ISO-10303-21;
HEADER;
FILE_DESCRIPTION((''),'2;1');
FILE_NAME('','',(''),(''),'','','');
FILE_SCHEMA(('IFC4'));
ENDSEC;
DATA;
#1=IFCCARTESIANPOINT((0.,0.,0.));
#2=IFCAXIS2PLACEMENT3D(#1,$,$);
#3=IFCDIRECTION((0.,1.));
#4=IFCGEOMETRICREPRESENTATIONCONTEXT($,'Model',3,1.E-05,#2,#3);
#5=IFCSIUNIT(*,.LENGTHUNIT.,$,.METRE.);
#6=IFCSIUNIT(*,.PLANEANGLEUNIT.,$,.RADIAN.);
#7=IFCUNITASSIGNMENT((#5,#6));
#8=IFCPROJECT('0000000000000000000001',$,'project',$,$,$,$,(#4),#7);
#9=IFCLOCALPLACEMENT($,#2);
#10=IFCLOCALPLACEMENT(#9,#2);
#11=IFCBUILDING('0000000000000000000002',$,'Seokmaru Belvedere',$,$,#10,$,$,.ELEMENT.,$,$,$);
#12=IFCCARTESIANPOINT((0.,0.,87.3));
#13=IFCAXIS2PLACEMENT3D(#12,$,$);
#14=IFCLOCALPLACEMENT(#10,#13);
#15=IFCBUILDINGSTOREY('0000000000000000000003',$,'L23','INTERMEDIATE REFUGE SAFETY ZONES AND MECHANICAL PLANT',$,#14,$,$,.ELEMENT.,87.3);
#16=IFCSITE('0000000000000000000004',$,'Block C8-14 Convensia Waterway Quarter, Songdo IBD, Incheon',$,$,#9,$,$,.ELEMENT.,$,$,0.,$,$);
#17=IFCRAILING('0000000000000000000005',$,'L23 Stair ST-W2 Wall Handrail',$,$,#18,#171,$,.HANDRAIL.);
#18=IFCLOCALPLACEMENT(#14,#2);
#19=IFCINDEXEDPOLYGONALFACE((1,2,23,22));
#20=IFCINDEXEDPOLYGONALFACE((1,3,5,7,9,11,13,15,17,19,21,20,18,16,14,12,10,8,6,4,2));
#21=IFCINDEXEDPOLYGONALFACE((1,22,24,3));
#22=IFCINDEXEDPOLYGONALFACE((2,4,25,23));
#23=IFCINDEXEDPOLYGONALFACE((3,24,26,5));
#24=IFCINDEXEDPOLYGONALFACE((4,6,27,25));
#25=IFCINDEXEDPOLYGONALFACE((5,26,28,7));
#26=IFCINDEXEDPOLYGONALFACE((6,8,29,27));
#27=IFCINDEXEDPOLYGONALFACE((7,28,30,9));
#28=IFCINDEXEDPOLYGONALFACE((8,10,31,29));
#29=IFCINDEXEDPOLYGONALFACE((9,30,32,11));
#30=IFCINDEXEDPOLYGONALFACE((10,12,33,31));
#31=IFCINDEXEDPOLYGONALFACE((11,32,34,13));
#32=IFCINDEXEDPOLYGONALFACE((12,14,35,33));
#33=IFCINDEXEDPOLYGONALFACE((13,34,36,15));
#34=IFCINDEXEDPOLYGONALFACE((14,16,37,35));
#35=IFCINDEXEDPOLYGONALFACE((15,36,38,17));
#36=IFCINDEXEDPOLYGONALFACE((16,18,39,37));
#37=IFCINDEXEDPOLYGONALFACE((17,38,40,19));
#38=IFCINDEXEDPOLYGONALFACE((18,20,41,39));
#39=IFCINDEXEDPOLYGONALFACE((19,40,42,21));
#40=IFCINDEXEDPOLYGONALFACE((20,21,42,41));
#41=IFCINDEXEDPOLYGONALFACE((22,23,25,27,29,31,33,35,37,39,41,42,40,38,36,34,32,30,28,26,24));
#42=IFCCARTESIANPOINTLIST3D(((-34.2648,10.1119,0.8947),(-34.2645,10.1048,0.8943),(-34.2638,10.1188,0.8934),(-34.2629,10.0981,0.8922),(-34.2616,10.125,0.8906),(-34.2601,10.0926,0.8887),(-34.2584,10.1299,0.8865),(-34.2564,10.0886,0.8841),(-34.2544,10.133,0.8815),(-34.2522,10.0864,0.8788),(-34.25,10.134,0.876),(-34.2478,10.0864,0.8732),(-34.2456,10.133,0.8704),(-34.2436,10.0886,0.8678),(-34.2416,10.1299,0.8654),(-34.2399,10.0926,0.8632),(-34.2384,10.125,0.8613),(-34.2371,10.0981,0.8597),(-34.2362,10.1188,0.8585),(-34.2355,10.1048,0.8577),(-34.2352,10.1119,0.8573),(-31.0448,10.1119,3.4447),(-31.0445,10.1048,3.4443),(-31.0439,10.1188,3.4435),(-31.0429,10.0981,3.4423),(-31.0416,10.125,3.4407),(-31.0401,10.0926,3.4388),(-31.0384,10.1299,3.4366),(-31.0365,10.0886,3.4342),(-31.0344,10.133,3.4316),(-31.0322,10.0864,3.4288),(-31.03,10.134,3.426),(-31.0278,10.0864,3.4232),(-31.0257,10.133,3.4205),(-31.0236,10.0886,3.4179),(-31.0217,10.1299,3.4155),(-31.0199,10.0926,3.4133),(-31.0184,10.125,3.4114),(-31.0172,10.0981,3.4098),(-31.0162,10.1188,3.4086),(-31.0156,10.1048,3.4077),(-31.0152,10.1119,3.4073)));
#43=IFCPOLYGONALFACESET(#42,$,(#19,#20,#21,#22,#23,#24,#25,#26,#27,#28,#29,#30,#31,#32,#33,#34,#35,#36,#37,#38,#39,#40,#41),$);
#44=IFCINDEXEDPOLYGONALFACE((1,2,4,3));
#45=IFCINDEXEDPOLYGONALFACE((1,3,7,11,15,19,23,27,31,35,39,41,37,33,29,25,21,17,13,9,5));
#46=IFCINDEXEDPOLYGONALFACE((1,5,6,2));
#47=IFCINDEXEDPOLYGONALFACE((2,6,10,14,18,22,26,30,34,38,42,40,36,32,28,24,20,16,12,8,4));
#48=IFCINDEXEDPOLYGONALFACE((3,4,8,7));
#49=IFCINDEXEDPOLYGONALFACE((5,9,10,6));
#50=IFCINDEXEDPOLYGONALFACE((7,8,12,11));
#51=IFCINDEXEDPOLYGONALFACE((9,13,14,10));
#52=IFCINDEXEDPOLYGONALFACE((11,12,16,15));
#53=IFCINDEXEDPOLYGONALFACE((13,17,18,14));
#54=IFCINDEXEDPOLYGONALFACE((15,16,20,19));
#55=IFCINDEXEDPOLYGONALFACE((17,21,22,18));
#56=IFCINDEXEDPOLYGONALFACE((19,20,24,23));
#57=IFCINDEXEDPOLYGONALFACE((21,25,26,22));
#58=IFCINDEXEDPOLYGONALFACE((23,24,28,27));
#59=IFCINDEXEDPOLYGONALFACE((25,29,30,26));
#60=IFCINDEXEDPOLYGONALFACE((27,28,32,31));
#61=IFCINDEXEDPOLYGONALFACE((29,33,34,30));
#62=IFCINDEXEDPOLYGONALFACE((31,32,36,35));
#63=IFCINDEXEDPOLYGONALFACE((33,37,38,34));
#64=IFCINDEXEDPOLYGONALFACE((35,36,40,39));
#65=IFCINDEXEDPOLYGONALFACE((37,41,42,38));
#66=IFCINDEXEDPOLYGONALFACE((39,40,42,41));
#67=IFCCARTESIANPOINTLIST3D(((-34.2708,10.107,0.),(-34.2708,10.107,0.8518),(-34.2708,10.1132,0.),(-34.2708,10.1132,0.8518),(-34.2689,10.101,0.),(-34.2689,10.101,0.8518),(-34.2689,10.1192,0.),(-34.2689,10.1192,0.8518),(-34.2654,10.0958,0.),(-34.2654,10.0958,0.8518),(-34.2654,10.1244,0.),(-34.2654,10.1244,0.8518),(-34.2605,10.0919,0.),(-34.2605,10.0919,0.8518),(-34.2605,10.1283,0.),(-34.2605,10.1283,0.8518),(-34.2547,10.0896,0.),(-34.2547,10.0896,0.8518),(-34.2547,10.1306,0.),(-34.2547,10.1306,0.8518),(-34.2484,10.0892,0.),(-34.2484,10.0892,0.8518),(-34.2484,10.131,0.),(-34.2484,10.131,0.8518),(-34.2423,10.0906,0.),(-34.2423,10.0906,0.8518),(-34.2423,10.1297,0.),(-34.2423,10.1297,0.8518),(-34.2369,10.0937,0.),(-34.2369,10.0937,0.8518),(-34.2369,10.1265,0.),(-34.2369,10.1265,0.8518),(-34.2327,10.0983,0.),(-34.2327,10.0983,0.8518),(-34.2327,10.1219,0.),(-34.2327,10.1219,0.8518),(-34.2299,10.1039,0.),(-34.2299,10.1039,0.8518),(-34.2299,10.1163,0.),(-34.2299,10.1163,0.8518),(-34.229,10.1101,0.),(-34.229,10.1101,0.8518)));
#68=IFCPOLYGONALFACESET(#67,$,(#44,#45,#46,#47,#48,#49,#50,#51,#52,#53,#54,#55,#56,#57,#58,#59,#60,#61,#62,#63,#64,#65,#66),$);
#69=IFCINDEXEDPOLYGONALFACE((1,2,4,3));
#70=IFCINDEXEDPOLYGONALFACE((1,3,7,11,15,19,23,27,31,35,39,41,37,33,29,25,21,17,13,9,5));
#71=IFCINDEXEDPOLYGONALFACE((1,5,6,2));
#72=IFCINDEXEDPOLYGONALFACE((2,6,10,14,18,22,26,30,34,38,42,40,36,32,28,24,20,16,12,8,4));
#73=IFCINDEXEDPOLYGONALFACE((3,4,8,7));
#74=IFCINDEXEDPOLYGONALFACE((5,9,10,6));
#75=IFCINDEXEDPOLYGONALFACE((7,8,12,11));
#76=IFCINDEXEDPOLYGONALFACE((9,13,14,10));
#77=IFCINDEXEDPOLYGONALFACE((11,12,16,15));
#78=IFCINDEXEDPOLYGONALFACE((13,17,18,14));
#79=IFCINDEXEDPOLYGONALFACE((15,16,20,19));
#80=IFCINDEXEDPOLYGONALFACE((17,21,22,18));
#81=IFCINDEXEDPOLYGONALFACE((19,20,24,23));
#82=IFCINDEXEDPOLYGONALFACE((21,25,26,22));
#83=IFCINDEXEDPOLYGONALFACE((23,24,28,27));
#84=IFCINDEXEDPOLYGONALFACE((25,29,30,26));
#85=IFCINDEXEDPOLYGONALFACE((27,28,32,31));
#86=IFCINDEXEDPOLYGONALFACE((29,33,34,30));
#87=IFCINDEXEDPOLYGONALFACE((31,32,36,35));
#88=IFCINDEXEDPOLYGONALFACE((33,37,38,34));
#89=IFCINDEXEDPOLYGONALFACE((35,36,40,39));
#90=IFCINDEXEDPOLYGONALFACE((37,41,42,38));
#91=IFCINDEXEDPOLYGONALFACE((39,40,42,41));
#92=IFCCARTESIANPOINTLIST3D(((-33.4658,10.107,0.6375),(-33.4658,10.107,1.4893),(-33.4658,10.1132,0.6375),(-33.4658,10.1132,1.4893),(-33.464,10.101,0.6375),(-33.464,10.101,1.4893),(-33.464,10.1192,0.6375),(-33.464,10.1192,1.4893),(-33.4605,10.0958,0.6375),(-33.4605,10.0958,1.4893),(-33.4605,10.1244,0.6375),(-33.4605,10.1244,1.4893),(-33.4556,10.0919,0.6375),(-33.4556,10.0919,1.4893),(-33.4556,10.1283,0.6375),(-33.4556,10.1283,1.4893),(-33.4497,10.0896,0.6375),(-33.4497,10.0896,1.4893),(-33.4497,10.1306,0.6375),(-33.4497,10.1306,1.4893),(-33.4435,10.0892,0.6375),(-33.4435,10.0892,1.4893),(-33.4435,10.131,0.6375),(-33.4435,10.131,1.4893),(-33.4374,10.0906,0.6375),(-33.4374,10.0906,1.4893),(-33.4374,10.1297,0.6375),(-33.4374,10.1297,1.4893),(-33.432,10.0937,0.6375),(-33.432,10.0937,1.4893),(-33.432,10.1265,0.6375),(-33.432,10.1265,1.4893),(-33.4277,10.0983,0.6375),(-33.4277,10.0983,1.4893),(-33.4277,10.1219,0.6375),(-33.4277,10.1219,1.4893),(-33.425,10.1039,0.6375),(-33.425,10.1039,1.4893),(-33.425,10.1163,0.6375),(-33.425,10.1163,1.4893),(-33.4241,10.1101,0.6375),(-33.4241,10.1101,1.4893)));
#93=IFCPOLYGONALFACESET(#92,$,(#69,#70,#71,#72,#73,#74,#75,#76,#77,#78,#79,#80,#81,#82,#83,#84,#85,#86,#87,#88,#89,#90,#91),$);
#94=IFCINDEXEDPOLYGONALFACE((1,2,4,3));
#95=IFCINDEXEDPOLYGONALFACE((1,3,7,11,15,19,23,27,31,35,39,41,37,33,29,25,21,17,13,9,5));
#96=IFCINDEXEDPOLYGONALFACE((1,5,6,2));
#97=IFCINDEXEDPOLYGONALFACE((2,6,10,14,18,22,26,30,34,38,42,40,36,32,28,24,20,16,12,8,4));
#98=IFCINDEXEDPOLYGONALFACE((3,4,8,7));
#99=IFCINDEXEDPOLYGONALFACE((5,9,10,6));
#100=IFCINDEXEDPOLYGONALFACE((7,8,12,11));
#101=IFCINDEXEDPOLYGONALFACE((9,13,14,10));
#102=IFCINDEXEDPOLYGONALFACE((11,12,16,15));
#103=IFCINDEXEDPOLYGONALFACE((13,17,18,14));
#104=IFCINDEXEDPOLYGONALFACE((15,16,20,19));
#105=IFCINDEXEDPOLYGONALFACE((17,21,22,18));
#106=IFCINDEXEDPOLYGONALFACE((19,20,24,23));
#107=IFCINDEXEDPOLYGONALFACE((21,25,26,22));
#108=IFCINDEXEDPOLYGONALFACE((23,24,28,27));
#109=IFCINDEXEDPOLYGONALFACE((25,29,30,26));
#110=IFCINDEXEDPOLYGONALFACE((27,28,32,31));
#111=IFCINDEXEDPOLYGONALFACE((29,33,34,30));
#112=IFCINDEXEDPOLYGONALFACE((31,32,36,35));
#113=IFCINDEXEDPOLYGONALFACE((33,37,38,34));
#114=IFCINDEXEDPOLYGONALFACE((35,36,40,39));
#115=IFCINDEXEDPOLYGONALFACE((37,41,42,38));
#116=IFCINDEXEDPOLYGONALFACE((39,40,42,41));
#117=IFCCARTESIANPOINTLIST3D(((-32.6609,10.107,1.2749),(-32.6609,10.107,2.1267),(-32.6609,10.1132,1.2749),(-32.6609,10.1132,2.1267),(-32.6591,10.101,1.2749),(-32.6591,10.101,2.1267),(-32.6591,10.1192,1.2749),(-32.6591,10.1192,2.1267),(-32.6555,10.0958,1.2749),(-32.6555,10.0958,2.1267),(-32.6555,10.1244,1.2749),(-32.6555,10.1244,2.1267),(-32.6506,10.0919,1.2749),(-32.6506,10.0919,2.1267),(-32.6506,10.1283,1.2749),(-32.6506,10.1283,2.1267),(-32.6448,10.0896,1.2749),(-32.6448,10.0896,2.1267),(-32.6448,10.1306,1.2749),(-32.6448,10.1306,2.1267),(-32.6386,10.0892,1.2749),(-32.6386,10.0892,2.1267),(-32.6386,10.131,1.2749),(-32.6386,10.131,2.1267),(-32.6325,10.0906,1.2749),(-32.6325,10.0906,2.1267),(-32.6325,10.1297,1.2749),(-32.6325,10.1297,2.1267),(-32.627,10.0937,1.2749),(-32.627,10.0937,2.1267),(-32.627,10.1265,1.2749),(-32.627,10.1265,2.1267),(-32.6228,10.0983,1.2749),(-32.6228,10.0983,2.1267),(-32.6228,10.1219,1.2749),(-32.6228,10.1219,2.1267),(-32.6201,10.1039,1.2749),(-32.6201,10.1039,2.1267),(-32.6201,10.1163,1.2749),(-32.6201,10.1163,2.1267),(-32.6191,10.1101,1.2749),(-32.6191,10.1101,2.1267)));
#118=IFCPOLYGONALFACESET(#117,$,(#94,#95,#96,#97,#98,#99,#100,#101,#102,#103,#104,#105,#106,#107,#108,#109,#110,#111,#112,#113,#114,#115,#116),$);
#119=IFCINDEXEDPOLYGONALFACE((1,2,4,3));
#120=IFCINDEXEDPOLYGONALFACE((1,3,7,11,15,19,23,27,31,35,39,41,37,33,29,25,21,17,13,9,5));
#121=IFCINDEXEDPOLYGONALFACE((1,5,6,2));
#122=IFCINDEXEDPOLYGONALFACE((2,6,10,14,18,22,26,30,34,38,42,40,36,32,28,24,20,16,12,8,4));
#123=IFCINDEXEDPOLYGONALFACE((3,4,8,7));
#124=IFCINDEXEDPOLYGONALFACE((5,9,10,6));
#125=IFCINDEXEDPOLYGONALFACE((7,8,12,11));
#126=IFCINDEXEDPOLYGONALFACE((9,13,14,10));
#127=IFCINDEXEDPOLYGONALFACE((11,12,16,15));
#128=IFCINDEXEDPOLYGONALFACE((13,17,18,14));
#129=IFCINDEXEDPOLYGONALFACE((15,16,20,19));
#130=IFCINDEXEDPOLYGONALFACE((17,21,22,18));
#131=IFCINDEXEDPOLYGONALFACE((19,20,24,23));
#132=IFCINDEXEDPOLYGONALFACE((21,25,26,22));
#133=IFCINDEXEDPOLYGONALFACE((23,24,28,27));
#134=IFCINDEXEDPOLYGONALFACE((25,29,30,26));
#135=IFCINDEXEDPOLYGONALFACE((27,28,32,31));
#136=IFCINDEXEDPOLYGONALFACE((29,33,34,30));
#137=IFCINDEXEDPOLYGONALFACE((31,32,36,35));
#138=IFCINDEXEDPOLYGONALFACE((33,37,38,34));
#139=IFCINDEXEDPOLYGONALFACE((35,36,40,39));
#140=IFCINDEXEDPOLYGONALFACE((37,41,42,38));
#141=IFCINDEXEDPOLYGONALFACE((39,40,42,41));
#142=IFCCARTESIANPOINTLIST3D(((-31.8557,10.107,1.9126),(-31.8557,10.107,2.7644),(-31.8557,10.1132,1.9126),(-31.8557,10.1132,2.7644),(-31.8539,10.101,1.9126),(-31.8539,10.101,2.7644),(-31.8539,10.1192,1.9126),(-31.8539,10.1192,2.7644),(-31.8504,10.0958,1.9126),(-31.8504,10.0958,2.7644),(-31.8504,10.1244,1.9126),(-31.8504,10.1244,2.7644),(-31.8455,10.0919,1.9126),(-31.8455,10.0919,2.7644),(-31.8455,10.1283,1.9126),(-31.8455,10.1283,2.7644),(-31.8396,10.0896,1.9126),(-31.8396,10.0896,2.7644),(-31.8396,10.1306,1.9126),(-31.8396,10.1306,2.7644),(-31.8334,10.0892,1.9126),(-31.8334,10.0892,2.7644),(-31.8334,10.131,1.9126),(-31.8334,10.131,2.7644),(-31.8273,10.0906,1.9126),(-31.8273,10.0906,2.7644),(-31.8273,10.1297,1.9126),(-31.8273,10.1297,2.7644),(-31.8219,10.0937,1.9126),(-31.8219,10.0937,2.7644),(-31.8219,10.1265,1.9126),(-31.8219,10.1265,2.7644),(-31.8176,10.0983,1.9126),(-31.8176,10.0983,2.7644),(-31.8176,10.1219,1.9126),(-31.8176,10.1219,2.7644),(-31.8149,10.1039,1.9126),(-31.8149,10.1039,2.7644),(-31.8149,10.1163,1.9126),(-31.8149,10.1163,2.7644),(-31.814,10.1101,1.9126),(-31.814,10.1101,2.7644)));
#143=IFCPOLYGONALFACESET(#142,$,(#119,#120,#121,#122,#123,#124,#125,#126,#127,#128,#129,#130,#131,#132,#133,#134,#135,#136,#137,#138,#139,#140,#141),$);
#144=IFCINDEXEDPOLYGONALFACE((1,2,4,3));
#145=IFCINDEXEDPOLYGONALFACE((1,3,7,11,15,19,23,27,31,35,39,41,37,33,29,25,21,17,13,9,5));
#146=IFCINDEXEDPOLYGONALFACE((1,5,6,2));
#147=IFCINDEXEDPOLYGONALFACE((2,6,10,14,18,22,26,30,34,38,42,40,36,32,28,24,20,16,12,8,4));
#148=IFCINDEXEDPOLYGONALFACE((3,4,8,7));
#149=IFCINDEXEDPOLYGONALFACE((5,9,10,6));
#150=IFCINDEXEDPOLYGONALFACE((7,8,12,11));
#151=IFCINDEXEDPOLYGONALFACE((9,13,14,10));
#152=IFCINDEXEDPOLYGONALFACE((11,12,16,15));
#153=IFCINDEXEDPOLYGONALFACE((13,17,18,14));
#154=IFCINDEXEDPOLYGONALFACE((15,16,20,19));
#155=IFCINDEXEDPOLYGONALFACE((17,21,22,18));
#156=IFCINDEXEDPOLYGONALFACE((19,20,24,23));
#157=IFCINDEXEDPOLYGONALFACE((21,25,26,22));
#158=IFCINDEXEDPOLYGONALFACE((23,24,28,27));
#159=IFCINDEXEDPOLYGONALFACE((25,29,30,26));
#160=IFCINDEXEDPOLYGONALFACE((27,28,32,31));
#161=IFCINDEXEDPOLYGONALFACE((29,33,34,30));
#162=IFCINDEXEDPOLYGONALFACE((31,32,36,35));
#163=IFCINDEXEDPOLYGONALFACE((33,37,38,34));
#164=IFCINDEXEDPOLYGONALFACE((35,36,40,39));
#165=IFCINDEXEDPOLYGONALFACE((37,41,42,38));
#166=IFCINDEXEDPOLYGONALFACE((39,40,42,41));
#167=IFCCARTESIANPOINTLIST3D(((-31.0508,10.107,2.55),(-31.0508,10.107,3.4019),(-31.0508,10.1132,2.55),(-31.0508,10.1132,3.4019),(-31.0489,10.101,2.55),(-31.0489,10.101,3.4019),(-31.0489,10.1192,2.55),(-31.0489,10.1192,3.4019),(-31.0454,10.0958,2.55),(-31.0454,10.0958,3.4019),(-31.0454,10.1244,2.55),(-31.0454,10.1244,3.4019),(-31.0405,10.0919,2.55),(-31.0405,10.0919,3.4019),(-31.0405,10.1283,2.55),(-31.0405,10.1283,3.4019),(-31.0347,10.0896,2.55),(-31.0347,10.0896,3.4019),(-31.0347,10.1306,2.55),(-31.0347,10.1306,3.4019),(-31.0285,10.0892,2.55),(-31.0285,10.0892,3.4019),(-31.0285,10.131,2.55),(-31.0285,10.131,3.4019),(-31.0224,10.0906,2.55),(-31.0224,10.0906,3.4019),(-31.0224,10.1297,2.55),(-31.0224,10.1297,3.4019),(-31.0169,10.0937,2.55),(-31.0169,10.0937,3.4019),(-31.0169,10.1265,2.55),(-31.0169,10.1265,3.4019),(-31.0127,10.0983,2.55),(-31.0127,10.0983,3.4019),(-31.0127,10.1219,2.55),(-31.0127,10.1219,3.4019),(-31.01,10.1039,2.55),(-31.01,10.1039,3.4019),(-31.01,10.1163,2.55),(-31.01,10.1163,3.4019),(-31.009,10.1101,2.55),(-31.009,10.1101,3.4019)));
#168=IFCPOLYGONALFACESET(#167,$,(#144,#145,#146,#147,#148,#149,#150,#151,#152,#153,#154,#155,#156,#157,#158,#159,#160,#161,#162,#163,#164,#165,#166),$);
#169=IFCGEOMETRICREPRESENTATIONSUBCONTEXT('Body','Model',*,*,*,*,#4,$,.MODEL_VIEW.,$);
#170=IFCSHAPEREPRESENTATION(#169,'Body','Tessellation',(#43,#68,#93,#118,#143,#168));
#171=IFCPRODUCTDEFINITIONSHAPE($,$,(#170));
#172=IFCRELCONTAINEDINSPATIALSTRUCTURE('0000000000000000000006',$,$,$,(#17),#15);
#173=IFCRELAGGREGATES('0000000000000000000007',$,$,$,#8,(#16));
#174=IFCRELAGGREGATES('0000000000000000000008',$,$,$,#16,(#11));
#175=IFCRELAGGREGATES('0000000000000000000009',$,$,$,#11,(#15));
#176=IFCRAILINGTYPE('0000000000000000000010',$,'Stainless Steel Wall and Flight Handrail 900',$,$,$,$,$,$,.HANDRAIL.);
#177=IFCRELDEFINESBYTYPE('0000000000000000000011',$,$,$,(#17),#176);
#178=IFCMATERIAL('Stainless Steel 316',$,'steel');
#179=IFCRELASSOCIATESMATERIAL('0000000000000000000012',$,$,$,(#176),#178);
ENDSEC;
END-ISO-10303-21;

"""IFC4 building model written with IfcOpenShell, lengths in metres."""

from ifc_helpers import new_model, si_unit, direction, frame, origin, origin_2d, place, context, subcontext, project, spatial, circle, extrude, material, type_object, element, save


model = new_model("IFC4")

# Units and contexts
model_context = context("Model", 3, precision=1e-05, world=origin(), true_north=direction((0.0, 1.0)))
body_context = subcontext(model_context, "Body", "Model", "MODEL_VIEW")
ifc_project = project(units=[si_unit("LENGTHUNIT", "METRE"), si_unit("PLANEANGLEUNIT", "RADIAN")], contexts=[model_context])

# Site, building, storey
site_placement = place(None, origin())
site = spatial("IfcSite", under=ifc_project, at=site_placement, Name="Block C8-14 Convensia Waterway Quarter, Songdo IBD, Incheon", CompositionType="ELEMENT", RefElevation=0.0)
building_placement = place(site_placement, origin())
building = spatial("IfcBuilding", under=site, at=building_placement, Name="Seokmaru Belvedere", CompositionType="ELEMENT")
storey_placement = place(building_placement, frame((0.0, 0.0, 87.3)))
storey = spatial("IfcBuildingStorey", under=building, at=storey_placement, Name="L23", Description="INTERMEDIATE REFUGE SAFETY ZONES AND MECHANICAL PLANT", CompositionType="ELEMENT", Elevation=87.3)

# Railing
ifc_material_1 = material(Name="Stainless Steel 316", Category="steel")
railing_type_1 = type_object("IfcRailingType", Name="Stainless Steel Wall and Flight Handrail 900", PredefinedType="HANDRAIL", material=ifc_material_1)
railing_1_placement = place(storey_placement, frame((-34.25, 10.1101, 0.0)))
element("IfcRailing", 1, at=railing_1_placement, inside=storey, type_object=railing_type_1, Name="L23 Stair ST-W2 Wall Handrail", PredefinedType="HANDRAIL", context=body_context, shape_type="SweptSolid", body=[
    extrude(circle(Radius=0.0239, at=origin_2d()), frame((0.0, 0.0, 0.876), z_axis=(0.783939, 0.0, 0.620838), x_axis=(0.0, 1.0, 0.0)), (0.0, 0.0, 1.0), 4.1074),
    extrude(circle(Radius=0.021, at=origin_2d()), origin(), (0.0, 0.0, 1.0), 0.8518),
    extrude(circle(Radius=0.021, at=origin_2d()), frame((0.8049, 0.0, 0.6375)), (0.0, 0.0, 1.0), 0.8518),
    extrude(circle(Radius=0.021, at=origin_2d()), frame((1.6099, 0.0, 1.2749)), (0.0, 0.0, 1.0), 0.8518),
    extrude(circle(Radius=0.021, at=origin_2d()), frame((2.415, 0.0, 1.9126)), (0.0, 0.0, 1.0), 0.8518),
    extrude(circle(Radius=0.021, at=origin_2d()), frame((3.22, 0.0, 2.55)), (0.0, 0.0, 1.0), 0.8518),
])

save(model, "model.ifc")
